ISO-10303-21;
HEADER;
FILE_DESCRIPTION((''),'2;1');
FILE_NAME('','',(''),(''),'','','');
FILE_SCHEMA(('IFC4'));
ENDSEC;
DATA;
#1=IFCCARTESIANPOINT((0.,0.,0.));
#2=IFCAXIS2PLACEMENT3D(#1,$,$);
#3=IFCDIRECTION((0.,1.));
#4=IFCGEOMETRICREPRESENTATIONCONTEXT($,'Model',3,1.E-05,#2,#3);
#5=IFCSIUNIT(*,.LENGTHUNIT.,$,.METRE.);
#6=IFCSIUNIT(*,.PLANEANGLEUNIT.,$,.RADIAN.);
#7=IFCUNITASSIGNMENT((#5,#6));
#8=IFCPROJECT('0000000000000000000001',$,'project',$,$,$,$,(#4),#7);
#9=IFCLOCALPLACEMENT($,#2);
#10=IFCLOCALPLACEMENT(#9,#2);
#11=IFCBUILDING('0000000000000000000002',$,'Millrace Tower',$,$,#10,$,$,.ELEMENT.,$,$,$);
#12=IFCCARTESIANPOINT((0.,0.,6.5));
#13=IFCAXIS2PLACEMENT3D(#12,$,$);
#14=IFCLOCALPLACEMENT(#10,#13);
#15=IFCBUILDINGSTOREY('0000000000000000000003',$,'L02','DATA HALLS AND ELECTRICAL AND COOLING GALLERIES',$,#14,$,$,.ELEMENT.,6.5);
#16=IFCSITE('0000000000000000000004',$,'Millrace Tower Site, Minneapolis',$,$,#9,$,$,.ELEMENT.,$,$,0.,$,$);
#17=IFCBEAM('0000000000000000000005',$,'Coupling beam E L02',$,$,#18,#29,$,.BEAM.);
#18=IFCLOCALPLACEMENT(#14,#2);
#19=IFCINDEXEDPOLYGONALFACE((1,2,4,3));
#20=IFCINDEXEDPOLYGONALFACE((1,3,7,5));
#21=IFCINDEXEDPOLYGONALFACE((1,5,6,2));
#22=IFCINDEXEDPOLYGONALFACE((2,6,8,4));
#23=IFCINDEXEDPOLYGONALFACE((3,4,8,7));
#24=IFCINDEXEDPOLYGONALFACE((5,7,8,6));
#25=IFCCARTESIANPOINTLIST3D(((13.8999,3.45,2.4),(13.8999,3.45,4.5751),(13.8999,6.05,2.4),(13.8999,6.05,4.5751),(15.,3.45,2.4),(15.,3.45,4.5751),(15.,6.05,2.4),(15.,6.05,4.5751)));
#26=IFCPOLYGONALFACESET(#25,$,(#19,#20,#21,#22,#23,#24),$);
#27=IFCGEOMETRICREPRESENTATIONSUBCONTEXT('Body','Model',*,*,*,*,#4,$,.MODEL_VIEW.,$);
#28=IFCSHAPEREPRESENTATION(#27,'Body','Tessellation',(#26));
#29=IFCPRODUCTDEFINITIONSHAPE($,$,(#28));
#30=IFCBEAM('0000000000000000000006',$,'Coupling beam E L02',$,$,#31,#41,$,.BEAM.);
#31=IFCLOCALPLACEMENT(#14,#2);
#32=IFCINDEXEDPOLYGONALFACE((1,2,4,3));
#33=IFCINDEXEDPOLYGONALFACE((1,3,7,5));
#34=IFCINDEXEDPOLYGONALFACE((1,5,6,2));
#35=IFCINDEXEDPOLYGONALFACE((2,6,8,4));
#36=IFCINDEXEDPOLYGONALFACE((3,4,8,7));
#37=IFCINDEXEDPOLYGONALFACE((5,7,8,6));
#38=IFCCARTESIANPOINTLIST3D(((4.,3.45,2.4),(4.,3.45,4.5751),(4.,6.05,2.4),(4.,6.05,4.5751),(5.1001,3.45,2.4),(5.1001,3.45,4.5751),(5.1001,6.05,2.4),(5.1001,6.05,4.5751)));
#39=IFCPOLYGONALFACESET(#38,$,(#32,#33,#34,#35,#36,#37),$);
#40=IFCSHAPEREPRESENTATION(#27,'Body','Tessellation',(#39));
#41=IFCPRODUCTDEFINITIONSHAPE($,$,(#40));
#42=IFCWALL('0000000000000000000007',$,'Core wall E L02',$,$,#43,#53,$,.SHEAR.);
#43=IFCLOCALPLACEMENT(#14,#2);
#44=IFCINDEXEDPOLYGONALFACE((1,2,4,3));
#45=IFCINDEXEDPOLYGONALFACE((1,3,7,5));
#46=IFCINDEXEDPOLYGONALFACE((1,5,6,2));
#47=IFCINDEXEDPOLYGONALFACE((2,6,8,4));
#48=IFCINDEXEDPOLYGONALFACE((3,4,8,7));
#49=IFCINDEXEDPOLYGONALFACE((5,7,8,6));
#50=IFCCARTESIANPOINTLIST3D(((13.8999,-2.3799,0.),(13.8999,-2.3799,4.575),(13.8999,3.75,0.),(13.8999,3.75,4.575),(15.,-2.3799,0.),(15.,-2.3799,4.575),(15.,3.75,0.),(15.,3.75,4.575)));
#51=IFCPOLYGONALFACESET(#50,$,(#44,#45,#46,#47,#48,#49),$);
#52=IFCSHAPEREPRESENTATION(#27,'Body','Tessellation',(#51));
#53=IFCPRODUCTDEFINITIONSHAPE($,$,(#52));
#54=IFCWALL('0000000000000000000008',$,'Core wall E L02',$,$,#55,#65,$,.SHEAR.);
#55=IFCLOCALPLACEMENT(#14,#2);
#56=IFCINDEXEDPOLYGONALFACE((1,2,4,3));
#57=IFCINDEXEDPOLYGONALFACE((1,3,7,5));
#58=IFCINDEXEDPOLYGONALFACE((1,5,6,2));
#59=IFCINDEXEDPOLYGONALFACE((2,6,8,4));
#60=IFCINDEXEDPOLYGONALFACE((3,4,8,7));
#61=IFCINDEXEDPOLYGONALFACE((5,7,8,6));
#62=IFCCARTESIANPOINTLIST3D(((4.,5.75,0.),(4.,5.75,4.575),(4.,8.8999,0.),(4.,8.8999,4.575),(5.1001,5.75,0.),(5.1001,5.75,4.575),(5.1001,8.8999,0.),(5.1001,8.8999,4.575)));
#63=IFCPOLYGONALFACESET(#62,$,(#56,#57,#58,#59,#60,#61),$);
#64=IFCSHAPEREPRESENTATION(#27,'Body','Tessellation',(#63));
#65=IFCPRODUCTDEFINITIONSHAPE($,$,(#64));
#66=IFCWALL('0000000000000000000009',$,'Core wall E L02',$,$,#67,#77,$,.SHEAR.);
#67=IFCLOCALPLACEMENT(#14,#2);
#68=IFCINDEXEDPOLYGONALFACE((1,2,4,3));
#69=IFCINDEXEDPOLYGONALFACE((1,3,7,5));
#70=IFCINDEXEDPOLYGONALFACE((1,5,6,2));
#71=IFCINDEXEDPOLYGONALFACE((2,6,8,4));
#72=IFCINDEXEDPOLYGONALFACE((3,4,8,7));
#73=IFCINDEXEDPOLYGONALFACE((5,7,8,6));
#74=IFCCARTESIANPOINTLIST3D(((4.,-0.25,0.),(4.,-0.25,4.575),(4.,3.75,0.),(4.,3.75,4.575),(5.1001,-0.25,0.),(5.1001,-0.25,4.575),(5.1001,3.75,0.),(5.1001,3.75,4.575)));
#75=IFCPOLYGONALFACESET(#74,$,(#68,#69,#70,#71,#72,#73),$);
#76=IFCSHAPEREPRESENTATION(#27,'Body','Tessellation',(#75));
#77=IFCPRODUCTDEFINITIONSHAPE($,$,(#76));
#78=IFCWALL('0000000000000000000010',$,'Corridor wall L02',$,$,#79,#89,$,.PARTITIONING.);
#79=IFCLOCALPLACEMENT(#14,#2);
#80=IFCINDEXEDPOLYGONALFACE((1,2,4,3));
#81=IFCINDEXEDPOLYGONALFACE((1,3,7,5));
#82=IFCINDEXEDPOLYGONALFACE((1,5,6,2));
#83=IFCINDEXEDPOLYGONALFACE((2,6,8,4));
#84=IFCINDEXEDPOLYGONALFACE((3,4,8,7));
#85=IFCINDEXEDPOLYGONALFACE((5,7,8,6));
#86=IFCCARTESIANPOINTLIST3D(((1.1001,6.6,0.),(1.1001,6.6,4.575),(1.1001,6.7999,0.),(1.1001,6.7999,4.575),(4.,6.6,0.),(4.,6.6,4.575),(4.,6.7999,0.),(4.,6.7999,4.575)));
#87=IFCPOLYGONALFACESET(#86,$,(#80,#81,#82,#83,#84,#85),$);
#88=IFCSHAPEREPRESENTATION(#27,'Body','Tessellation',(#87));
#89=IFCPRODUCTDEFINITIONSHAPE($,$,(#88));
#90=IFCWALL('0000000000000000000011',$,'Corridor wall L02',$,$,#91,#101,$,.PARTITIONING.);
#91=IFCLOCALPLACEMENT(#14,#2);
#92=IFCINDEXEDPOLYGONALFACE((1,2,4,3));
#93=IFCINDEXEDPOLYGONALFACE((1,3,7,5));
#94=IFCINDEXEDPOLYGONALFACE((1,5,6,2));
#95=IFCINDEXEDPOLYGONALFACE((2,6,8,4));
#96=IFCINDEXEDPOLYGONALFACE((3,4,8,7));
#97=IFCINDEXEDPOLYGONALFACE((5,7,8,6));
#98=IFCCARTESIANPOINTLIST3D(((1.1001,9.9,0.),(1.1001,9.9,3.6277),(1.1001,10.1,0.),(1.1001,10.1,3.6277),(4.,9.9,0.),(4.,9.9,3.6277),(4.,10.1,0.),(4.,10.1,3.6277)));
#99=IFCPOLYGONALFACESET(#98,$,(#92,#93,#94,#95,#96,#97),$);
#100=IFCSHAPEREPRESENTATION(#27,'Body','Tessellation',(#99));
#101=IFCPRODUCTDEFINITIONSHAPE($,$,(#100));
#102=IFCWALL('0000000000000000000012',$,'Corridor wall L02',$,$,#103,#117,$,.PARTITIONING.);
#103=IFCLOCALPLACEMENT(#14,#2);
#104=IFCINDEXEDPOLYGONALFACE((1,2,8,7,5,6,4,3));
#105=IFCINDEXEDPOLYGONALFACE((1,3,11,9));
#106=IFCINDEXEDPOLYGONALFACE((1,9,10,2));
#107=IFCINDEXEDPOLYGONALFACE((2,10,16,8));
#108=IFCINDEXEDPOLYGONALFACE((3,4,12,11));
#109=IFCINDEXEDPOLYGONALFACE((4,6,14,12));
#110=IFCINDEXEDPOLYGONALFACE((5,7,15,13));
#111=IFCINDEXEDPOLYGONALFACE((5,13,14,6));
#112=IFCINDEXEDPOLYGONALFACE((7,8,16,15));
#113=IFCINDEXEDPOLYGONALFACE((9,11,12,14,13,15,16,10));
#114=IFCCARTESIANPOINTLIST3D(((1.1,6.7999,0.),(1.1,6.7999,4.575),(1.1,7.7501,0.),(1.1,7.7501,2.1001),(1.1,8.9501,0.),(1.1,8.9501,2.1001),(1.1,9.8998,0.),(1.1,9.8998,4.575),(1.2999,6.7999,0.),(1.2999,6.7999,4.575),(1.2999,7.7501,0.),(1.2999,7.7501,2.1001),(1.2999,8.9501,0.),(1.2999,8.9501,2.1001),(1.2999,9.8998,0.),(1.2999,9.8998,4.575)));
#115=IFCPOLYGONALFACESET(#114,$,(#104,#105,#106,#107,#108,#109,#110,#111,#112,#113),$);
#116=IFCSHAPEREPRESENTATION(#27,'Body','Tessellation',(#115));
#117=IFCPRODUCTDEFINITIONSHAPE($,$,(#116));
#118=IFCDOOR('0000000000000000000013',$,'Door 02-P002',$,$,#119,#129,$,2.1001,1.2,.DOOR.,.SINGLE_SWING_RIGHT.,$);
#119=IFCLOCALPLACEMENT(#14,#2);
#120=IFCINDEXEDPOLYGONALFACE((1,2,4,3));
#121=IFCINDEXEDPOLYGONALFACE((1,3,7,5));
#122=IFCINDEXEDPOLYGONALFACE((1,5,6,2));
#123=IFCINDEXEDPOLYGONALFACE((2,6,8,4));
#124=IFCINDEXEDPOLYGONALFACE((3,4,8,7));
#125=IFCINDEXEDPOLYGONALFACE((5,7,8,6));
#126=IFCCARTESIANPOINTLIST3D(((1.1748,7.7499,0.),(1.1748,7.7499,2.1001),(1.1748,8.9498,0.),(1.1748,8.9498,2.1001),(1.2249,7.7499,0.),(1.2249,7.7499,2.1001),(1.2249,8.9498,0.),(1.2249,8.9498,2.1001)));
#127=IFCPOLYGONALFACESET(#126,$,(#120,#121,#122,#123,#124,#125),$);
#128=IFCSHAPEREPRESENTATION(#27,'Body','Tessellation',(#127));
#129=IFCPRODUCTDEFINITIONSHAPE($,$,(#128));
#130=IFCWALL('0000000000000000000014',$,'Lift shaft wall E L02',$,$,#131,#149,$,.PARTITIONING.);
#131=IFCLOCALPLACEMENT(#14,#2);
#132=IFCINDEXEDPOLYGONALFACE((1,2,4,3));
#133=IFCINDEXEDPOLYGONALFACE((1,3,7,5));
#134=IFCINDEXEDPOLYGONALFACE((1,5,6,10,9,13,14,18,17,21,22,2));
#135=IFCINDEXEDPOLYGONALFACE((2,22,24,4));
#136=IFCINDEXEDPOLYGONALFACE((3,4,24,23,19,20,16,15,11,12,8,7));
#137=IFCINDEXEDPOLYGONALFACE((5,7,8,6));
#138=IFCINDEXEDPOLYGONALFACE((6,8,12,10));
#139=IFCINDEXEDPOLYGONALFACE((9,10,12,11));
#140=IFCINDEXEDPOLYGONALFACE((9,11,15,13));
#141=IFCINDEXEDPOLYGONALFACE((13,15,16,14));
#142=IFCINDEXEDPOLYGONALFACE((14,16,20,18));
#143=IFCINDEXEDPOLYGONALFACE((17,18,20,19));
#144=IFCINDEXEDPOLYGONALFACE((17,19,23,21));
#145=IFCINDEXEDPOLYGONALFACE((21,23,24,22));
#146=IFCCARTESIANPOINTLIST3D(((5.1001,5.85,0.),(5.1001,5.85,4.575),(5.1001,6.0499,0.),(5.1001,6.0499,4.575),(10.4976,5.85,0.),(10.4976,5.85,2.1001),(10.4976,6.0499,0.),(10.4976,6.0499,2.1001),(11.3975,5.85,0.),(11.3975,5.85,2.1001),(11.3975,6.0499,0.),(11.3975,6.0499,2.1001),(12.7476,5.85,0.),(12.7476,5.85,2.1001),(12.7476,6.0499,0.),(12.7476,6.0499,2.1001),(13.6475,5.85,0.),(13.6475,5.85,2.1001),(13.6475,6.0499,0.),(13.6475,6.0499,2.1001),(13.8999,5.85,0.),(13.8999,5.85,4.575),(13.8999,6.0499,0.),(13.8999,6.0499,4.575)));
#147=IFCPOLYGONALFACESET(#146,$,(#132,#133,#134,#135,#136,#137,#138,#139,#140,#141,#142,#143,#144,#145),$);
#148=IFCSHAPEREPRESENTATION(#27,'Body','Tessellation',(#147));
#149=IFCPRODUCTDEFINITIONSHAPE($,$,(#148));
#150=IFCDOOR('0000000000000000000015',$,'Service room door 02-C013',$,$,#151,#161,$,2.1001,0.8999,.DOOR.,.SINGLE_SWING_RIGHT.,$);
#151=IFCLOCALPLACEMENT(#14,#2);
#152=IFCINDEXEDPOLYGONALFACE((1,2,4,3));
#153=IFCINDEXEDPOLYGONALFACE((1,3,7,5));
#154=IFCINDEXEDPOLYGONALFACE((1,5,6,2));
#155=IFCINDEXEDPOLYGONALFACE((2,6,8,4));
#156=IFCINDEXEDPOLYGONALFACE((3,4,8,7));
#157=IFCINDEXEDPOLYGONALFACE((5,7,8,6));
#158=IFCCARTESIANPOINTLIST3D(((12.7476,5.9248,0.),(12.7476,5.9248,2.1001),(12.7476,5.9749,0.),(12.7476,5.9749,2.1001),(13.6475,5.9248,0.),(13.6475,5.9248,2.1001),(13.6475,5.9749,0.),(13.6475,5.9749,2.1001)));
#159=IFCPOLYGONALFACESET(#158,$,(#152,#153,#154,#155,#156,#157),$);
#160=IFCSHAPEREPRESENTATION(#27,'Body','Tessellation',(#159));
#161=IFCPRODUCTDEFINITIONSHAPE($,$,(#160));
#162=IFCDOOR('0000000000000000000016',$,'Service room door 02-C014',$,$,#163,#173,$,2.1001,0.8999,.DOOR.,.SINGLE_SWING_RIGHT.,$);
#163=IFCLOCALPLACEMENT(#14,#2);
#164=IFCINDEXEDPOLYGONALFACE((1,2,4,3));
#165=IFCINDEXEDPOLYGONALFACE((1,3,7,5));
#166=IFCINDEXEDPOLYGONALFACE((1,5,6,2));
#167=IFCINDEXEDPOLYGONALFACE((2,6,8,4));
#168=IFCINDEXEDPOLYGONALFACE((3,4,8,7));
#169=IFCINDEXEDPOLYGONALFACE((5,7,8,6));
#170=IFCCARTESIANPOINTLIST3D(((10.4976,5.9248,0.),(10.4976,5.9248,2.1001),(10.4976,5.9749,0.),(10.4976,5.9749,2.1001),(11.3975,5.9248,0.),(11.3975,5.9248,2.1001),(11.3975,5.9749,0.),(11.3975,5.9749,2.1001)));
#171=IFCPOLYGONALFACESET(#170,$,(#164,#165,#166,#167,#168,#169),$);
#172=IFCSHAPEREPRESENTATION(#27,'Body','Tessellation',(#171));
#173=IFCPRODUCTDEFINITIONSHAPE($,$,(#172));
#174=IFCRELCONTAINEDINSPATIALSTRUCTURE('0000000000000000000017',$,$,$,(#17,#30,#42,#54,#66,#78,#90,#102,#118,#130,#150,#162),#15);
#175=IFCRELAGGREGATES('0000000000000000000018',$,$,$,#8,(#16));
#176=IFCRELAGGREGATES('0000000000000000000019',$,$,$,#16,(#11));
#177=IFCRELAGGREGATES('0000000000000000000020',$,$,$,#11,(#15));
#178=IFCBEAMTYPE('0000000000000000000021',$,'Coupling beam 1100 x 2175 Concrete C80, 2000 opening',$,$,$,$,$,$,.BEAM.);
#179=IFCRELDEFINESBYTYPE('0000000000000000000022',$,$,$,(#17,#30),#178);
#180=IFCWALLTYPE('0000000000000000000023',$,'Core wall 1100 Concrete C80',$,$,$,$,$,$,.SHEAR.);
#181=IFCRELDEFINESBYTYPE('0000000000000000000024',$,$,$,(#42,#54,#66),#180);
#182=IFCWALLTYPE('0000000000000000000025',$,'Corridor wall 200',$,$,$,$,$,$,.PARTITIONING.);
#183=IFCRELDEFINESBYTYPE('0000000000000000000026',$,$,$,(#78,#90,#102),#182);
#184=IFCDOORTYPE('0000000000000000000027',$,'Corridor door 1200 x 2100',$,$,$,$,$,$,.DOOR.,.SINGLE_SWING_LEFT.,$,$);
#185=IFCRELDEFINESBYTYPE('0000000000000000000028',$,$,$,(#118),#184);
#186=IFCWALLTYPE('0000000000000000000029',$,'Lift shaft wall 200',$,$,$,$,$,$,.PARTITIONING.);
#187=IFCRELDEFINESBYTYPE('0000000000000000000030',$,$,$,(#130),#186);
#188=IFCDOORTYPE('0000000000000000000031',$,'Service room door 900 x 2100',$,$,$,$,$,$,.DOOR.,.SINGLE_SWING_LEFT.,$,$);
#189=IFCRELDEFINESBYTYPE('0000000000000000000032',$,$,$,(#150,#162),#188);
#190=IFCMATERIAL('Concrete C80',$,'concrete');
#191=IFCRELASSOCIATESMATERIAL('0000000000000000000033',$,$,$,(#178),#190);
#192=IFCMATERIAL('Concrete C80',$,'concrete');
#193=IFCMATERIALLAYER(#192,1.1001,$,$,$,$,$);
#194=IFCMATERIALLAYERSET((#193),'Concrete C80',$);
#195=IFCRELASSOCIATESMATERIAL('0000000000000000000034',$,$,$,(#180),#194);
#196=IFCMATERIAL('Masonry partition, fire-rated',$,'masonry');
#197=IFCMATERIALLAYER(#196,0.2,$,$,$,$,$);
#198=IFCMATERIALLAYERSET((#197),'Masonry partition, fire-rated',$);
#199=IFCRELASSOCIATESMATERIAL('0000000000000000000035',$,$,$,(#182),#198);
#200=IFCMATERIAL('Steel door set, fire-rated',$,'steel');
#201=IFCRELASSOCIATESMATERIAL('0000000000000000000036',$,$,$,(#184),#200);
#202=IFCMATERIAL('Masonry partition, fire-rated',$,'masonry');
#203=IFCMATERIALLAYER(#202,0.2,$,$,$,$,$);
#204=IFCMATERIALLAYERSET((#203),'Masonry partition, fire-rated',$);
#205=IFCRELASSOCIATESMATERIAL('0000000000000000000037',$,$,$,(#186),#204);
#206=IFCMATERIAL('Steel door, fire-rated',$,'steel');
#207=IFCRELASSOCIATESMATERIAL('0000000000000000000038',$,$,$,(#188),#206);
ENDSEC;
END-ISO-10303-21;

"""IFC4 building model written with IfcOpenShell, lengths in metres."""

from ifc_helpers import new_model, si_unit, direction, frame, frame_2d, origin, origin_2d, place, context, subcontext, project, spatial, rectangle, extrude, material, layer, layer_set, material_profile, profile_set, type_object, element, fill, save


model = new_model("IFC4")

# Units and contexts
model_context = context("Model", 3, precision=1e-05, world=origin(), true_north=direction((0.0, 1.0)))
body_context = subcontext(model_context, "Body", "Model", "MODEL_VIEW")
ifc_project = project(units=[si_unit("LENGTHUNIT", "METRE"), si_unit("PLANEANGLEUNIT", "RADIAN")], contexts=[model_context])

# Site, building, storey
site_placement = place(None, origin())
site = spatial("IfcSite", under=ifc_project, at=site_placement, Name="Millrace Tower Site, Minneapolis", CompositionType="ELEMENT", RefElevation=0.0)
building_placement = place(site_placement, origin())
building = spatial("IfcBuilding", under=site, at=building_placement, Name="Millrace Tower", CompositionType="ELEMENT")
storey_placement = place(building_placement, frame((0.0, 0.0, 6.5)))
storey = spatial("IfcBuildingStorey", under=building, at=storey_placement, Name="L02", Description="DATA HALLS AND ELECTRICAL AND COOLING GALLERIES", CompositionType="ELEMENT", Elevation=6.5)

# Beams
ifc_material_1 = material(Name="Concrete C80", Category="concrete")
ifc_material_profile = material_profile(ifc_material_1, rectangle(XDim=1.1001, YDim=2.175, at=origin_2d()))
ifc_profile_set = profile_set([ifc_material_profile], Name="Concrete C80")
beam_type = type_object("IfcBeamType", Name="Coupling beam 1100 x 2175 Concrete C80, 2000 opening", PredefinedType="BEAM", material=ifc_profile_set)
for number, where, z_axis, x_axis, name in (
    (1, (14.45, 6.05, 3.4875), (0.0, -1.0, 0.0), (1.0, 0.0, 0.0), "Coupling beam E L02"),
    (2, (4.55, 6.05, 3.4875), (0.0, -1.0, 0.0), (1.0, 0.0, 0.0), "Coupling beam E L02"),
):
    element("IfcBeam", number, at=place(storey_placement, frame(where, z_axis=z_axis, x_axis=x_axis)), inside=storey, type_object=beam_type, Name=name, PredefinedType="BEAM", context=body_context, shape_type="SweptSolid", body=[
        extrude(rectangle(XDim=1.1001, YDim=2.175, at=origin_2d()), origin(), (0.0, 0.0, 1.0), 2.6001),
    ])

# Walls
ifc_material_2 = material(Name="Concrete C80", Category="concrete")
ifc_layer_1 = layer(ifc_material_2, 1.1001)
ifc_layer_set_1 = layer_set([ifc_layer_1], Name="Concrete C80")
wall_type_1 = type_object("IfcWallType", Name="Core wall 1100 Concrete C80", PredefinedType="SHEAR", material=ifc_layer_set_1)
wall_1_placement = place(storey_placement, frame((14.45, 3.75, 0.0), z_axis=(0.0, 0.0, 1.0), x_axis=(0.0, -1.0, 0.0)))
element("IfcWall", 3, at=wall_1_placement, inside=storey, type_object=wall_type_1, Name="Core wall E L02", PredefinedType="SHEAR", context=body_context, shape_type="SweptSolid", body=[
    extrude(rectangle(XDim=6.1299, YDim=1.1001, at=frame_2d((3.0649, 0.0))), origin(), (0.0, 0.0, 1.0), 4.575),
])
wall_2_placement = place(storey_placement, frame((4.55, 8.8999, 0.0), z_axis=(0.0, 0.0, 1.0), x_axis=(0.0, -1.0, 0.0)))
element("IfcWall", 4, at=wall_2_placement, inside=storey, type_object=wall_type_1, Name="Core wall E L02", PredefinedType="SHEAR", context=body_context, shape_type="SweptSolid", body=[
    extrude(rectangle(XDim=3.1499, YDim=1.1001, at=frame_2d((1.575, 0.0))), origin(), (0.0, 0.0, 1.0), 4.575),
])
wall_3_placement = place(storey_placement, frame((4.55, 3.75, 0.0), z_axis=(0.0, 0.0, 1.0), x_axis=(0.0, -1.0, 0.0)))
element("IfcWall", 5, at=wall_3_placement, inside=storey, type_object=wall_type_1, Name="Core wall E L02", PredefinedType="SHEAR", context=body_context, shape_type="SweptSolid", body=[
    extrude(rectangle(XDim=4.0, YDim=1.1001, at=frame_2d((2.0, 0.0))), origin(), (0.0, 0.0, 1.0), 4.575),
])
ifc_material_3 = material(Name="Masonry partition, fire-rated", Category="masonry")
ifc_layer_2 = layer(ifc_material_3, 0.2)
ifc_layer_set_2 = layer_set([ifc_layer_2], Name="Masonry partition, fire-rated")
wall_type_2 = type_object("IfcWallType", Name="Corridor wall 200", PredefinedType="PARTITIONING", material=ifc_layer_set_2)
wall_4_placement = place(storey_placement, frame((1.1001, 6.7, 0.0), z_axis=(0.0, 0.0, 1.0), x_axis=(1.0, 0.0, 0.0)))
element("IfcWall", 6, at=wall_4_placement, inside=storey, type_object=wall_type_2, Name="Corridor wall L02", PredefinedType="PARTITIONING", context=body_context, shape_type="SweptSolid", body=[
    extrude(rectangle(XDim=2.8999, YDim=0.2, at=frame_2d((1.45, 0.0))), origin(), (0.0, 0.0, 1.0), 4.575),
])
wall_5_placement = place(storey_placement, frame((1.1001, 10.0, 0.0), z_axis=(0.0, 0.0, 1.0), x_axis=(1.0, 0.0, 0.0)))
element("IfcWall", 7, at=wall_5_placement, inside=storey, type_object=wall_type_2, Name="Corridor wall L02", PredefinedType="PARTITIONING", context=body_context, shape_type="SweptSolid", body=[
    extrude(rectangle(XDim=2.8999, YDim=0.2, at=frame_2d((1.45, 0.0))), origin(), (0.0, 0.0, 1.0), 3.6277),
])

# Wall, opening, door
wall_6_placement = place(storey_placement, frame((1.2, 6.8, 0.0), z_axis=(0.0, 0.0, 1.0), x_axis=(0.0, 1.0, 0.0)))
wall_6 = element("IfcWall", 8, at=wall_6_placement, inside=storey, type_object=wall_type_2, Name="Corridor wall L02", PredefinedType="PARTITIONING", context=body_context, shape_type="SweptSolid", body=[
    extrude(rectangle(XDim=3.0999, YDim=0.2, at=frame_2d((1.5498, 0.0))), origin(), (0.0, 0.0, 1.0), 4.575),
])
opening_1_placement = place(wall_6_placement, frame((0.95, 0.0, 0.0)))
opening_1 = element("IfcOpeningElement", 9, at=opening_1_placement, cuts=wall_6, PredefinedType="OPENING", context=body_context, shape_type="SweptSolid", body=[
    extrude(rectangle(XDim=1.2, YDim=2.1001, at=frame_2d((0.6001, 1.05))), frame((0.0, 0.1099, 0.0), z_axis=(0.0, -1.0, 0.0), x_axis=(1.0, 0.0, 0.0)), (0.0, 0.0, 1.0), 0.22),
])
ifc_material_4 = material(Name="Steel door set, fire-rated", Category="steel")
door_type_1 = type_object("IfcDoorType", Name="Corridor door 1200 x 2100", OperationType="SINGLE_SWING_LEFT", PredefinedType="DOOR", material=ifc_material_4)
door_1_placement = place(opening_1_placement, frame((1.2, 0.0, 0.0), z_axis=(0.0, 0.0, 1.0), x_axis=(-1.0, 0.0, 0.0)))
door_1 = element("IfcDoor", 10, at=door_1_placement, inside=storey, type_object=door_type_1, Name="Door 02-P002", OperationType="SINGLE_SWING_RIGHT", OverallHeight=2.1001, OverallWidth=1.2, PredefinedType="DOOR", context=body_context, shape_type="SweptSolid", body=[
    extrude(rectangle(XDim=1.2, YDim=2.1001, at=frame_2d((0.6001, 1.05))), frame((0.0, 0.0249, 0.0), z_axis=(0.0, -1.0, 0.0), x_axis=(1.0, 0.0, 0.0)), (0.0, 0.0, 1.0), 0.05),
])
fill(opening_1, door_1)

# Wall, openings, doors
ifc_material_5 = material(Name="Masonry partition, fire-rated", Category="masonry")
ifc_layer_3 = layer(ifc_material_5, 0.2)
ifc_layer_set_3 = layer_set([ifc_layer_3], Name="Masonry partition, fire-rated")
wall_type_3 = type_object("IfcWallType", Name="Lift shaft wall 200", PredefinedType="PARTITIONING", material=ifc_layer_set_3)
wall_7_placement = place(storey_placement, frame((13.8999, 5.95, 0.0), z_axis=(0.0, 0.0, 1.0), x_axis=(-1.0, 0.0, 0.0)))
wall_7 = element("IfcWall", 11, at=wall_7_placement, inside=storey, type_object=wall_type_3, Name="Lift shaft wall E L02", PredefinedType="PARTITIONING", context=body_context, shape_type="SweptSolid", body=[
    extrude(rectangle(XDim=8.7998, YDim=0.2, at=frame_2d((4.3999, 0.0))), origin(), (0.0, 0.0, 1.0), 4.575),
])
opening_2_placement = place(wall_7_placement, frame((0.2524, 0.0, 0.0)))
opening_2 = element("IfcOpeningElement", 12, at=opening_2_placement, cuts=wall_7, PredefinedType="OPENING", context=body_context, shape_type="SweptSolid", body=[
    extrude(rectangle(XDim=0.8999, YDim=2.1001, at=frame_2d((0.45, 1.05))), frame((0.0, 0.1099, 0.0), z_axis=(0.0, -1.0, 0.0), x_axis=(1.0, 0.0, 0.0)), (0.0, 0.0, 1.0), 0.22),
])
opening_3_placement = place(wall_7_placement, frame((2.5024, 0.0, 0.0)))
opening_3 = element("IfcOpeningElement", 13, at=opening_3_placement, cuts=wall_7, PredefinedType="OPENING", context=body_context, shape_type="SweptSolid", body=[
    extrude(rectangle(XDim=0.8999, YDim=2.1001, at=frame_2d((0.45, 1.05))), frame((0.0, 0.1099, 0.0), z_axis=(0.0, -1.0, 0.0), x_axis=(1.0, 0.0, 0.0)), (0.0, 0.0, 1.0), 0.22),
])
ifc_material_6 = material(Name="Steel door, fire-rated", Category="steel")
door_type_2 = type_object("IfcDoorType", Name="Service room door 900 x 2100", OperationType="SINGLE_SWING_LEFT", PredefinedType="DOOR", material=ifc_material_6)
door_2_placement = place(opening_2_placement, frame((0.8999, 0.0, 0.0), z_axis=(0.0, 0.0, 1.0), x_axis=(-1.0, 0.0, 0.0)))
door_2 = element("IfcDoor", 14, at=door_2_placement, inside=storey, type_object=door_type_2, Name="Service room door 02-C013", OperationType="SINGLE_SWING_RIGHT", OverallHeight=2.1001, OverallWidth=0.8999, PredefinedType="DOOR", context=body_context, shape_type="SweptSolid", body=[
    extrude(rectangle(XDim=0.8999, YDim=2.1001, at=frame_2d((0.45, 1.05))), frame((0.0, 0.0249, 0.0), z_axis=(0.0, -1.0, 0.0), x_axis=(1.0, 0.0, 0.0)), (0.0, 0.0, 1.0), 0.05),
])
fill(opening_2, door_2)
door_3_placement = place(opening_3_placement, frame((0.8999, 0.0, 0.0), z_axis=(0.0, 0.0, 1.0), x_axis=(-1.0, 0.0, 0.0)))
door_3 = element("IfcDoor", 15, at=door_3_placement, inside=storey, type_object=door_type_2, Name="Service room door 02-C014", OperationType="SINGLE_SWING_RIGHT", OverallHeight=2.1001, OverallWidth=0.8999, PredefinedType="DOOR", context=body_context, shape_type="SweptSolid", body=[
    extrude(rectangle(XDim=0.8999, YDim=2.1001, at=frame_2d((0.45, 1.05))), frame((0.0, 0.0249, 0.0), z_axis=(0.0, -1.0, 0.0), x_axis=(1.0, 0.0, 0.0)), (0.0, 0.0, 1.0), 0.05),
])
fill(opening_3, door_3)

save(model, "model.ifc")
